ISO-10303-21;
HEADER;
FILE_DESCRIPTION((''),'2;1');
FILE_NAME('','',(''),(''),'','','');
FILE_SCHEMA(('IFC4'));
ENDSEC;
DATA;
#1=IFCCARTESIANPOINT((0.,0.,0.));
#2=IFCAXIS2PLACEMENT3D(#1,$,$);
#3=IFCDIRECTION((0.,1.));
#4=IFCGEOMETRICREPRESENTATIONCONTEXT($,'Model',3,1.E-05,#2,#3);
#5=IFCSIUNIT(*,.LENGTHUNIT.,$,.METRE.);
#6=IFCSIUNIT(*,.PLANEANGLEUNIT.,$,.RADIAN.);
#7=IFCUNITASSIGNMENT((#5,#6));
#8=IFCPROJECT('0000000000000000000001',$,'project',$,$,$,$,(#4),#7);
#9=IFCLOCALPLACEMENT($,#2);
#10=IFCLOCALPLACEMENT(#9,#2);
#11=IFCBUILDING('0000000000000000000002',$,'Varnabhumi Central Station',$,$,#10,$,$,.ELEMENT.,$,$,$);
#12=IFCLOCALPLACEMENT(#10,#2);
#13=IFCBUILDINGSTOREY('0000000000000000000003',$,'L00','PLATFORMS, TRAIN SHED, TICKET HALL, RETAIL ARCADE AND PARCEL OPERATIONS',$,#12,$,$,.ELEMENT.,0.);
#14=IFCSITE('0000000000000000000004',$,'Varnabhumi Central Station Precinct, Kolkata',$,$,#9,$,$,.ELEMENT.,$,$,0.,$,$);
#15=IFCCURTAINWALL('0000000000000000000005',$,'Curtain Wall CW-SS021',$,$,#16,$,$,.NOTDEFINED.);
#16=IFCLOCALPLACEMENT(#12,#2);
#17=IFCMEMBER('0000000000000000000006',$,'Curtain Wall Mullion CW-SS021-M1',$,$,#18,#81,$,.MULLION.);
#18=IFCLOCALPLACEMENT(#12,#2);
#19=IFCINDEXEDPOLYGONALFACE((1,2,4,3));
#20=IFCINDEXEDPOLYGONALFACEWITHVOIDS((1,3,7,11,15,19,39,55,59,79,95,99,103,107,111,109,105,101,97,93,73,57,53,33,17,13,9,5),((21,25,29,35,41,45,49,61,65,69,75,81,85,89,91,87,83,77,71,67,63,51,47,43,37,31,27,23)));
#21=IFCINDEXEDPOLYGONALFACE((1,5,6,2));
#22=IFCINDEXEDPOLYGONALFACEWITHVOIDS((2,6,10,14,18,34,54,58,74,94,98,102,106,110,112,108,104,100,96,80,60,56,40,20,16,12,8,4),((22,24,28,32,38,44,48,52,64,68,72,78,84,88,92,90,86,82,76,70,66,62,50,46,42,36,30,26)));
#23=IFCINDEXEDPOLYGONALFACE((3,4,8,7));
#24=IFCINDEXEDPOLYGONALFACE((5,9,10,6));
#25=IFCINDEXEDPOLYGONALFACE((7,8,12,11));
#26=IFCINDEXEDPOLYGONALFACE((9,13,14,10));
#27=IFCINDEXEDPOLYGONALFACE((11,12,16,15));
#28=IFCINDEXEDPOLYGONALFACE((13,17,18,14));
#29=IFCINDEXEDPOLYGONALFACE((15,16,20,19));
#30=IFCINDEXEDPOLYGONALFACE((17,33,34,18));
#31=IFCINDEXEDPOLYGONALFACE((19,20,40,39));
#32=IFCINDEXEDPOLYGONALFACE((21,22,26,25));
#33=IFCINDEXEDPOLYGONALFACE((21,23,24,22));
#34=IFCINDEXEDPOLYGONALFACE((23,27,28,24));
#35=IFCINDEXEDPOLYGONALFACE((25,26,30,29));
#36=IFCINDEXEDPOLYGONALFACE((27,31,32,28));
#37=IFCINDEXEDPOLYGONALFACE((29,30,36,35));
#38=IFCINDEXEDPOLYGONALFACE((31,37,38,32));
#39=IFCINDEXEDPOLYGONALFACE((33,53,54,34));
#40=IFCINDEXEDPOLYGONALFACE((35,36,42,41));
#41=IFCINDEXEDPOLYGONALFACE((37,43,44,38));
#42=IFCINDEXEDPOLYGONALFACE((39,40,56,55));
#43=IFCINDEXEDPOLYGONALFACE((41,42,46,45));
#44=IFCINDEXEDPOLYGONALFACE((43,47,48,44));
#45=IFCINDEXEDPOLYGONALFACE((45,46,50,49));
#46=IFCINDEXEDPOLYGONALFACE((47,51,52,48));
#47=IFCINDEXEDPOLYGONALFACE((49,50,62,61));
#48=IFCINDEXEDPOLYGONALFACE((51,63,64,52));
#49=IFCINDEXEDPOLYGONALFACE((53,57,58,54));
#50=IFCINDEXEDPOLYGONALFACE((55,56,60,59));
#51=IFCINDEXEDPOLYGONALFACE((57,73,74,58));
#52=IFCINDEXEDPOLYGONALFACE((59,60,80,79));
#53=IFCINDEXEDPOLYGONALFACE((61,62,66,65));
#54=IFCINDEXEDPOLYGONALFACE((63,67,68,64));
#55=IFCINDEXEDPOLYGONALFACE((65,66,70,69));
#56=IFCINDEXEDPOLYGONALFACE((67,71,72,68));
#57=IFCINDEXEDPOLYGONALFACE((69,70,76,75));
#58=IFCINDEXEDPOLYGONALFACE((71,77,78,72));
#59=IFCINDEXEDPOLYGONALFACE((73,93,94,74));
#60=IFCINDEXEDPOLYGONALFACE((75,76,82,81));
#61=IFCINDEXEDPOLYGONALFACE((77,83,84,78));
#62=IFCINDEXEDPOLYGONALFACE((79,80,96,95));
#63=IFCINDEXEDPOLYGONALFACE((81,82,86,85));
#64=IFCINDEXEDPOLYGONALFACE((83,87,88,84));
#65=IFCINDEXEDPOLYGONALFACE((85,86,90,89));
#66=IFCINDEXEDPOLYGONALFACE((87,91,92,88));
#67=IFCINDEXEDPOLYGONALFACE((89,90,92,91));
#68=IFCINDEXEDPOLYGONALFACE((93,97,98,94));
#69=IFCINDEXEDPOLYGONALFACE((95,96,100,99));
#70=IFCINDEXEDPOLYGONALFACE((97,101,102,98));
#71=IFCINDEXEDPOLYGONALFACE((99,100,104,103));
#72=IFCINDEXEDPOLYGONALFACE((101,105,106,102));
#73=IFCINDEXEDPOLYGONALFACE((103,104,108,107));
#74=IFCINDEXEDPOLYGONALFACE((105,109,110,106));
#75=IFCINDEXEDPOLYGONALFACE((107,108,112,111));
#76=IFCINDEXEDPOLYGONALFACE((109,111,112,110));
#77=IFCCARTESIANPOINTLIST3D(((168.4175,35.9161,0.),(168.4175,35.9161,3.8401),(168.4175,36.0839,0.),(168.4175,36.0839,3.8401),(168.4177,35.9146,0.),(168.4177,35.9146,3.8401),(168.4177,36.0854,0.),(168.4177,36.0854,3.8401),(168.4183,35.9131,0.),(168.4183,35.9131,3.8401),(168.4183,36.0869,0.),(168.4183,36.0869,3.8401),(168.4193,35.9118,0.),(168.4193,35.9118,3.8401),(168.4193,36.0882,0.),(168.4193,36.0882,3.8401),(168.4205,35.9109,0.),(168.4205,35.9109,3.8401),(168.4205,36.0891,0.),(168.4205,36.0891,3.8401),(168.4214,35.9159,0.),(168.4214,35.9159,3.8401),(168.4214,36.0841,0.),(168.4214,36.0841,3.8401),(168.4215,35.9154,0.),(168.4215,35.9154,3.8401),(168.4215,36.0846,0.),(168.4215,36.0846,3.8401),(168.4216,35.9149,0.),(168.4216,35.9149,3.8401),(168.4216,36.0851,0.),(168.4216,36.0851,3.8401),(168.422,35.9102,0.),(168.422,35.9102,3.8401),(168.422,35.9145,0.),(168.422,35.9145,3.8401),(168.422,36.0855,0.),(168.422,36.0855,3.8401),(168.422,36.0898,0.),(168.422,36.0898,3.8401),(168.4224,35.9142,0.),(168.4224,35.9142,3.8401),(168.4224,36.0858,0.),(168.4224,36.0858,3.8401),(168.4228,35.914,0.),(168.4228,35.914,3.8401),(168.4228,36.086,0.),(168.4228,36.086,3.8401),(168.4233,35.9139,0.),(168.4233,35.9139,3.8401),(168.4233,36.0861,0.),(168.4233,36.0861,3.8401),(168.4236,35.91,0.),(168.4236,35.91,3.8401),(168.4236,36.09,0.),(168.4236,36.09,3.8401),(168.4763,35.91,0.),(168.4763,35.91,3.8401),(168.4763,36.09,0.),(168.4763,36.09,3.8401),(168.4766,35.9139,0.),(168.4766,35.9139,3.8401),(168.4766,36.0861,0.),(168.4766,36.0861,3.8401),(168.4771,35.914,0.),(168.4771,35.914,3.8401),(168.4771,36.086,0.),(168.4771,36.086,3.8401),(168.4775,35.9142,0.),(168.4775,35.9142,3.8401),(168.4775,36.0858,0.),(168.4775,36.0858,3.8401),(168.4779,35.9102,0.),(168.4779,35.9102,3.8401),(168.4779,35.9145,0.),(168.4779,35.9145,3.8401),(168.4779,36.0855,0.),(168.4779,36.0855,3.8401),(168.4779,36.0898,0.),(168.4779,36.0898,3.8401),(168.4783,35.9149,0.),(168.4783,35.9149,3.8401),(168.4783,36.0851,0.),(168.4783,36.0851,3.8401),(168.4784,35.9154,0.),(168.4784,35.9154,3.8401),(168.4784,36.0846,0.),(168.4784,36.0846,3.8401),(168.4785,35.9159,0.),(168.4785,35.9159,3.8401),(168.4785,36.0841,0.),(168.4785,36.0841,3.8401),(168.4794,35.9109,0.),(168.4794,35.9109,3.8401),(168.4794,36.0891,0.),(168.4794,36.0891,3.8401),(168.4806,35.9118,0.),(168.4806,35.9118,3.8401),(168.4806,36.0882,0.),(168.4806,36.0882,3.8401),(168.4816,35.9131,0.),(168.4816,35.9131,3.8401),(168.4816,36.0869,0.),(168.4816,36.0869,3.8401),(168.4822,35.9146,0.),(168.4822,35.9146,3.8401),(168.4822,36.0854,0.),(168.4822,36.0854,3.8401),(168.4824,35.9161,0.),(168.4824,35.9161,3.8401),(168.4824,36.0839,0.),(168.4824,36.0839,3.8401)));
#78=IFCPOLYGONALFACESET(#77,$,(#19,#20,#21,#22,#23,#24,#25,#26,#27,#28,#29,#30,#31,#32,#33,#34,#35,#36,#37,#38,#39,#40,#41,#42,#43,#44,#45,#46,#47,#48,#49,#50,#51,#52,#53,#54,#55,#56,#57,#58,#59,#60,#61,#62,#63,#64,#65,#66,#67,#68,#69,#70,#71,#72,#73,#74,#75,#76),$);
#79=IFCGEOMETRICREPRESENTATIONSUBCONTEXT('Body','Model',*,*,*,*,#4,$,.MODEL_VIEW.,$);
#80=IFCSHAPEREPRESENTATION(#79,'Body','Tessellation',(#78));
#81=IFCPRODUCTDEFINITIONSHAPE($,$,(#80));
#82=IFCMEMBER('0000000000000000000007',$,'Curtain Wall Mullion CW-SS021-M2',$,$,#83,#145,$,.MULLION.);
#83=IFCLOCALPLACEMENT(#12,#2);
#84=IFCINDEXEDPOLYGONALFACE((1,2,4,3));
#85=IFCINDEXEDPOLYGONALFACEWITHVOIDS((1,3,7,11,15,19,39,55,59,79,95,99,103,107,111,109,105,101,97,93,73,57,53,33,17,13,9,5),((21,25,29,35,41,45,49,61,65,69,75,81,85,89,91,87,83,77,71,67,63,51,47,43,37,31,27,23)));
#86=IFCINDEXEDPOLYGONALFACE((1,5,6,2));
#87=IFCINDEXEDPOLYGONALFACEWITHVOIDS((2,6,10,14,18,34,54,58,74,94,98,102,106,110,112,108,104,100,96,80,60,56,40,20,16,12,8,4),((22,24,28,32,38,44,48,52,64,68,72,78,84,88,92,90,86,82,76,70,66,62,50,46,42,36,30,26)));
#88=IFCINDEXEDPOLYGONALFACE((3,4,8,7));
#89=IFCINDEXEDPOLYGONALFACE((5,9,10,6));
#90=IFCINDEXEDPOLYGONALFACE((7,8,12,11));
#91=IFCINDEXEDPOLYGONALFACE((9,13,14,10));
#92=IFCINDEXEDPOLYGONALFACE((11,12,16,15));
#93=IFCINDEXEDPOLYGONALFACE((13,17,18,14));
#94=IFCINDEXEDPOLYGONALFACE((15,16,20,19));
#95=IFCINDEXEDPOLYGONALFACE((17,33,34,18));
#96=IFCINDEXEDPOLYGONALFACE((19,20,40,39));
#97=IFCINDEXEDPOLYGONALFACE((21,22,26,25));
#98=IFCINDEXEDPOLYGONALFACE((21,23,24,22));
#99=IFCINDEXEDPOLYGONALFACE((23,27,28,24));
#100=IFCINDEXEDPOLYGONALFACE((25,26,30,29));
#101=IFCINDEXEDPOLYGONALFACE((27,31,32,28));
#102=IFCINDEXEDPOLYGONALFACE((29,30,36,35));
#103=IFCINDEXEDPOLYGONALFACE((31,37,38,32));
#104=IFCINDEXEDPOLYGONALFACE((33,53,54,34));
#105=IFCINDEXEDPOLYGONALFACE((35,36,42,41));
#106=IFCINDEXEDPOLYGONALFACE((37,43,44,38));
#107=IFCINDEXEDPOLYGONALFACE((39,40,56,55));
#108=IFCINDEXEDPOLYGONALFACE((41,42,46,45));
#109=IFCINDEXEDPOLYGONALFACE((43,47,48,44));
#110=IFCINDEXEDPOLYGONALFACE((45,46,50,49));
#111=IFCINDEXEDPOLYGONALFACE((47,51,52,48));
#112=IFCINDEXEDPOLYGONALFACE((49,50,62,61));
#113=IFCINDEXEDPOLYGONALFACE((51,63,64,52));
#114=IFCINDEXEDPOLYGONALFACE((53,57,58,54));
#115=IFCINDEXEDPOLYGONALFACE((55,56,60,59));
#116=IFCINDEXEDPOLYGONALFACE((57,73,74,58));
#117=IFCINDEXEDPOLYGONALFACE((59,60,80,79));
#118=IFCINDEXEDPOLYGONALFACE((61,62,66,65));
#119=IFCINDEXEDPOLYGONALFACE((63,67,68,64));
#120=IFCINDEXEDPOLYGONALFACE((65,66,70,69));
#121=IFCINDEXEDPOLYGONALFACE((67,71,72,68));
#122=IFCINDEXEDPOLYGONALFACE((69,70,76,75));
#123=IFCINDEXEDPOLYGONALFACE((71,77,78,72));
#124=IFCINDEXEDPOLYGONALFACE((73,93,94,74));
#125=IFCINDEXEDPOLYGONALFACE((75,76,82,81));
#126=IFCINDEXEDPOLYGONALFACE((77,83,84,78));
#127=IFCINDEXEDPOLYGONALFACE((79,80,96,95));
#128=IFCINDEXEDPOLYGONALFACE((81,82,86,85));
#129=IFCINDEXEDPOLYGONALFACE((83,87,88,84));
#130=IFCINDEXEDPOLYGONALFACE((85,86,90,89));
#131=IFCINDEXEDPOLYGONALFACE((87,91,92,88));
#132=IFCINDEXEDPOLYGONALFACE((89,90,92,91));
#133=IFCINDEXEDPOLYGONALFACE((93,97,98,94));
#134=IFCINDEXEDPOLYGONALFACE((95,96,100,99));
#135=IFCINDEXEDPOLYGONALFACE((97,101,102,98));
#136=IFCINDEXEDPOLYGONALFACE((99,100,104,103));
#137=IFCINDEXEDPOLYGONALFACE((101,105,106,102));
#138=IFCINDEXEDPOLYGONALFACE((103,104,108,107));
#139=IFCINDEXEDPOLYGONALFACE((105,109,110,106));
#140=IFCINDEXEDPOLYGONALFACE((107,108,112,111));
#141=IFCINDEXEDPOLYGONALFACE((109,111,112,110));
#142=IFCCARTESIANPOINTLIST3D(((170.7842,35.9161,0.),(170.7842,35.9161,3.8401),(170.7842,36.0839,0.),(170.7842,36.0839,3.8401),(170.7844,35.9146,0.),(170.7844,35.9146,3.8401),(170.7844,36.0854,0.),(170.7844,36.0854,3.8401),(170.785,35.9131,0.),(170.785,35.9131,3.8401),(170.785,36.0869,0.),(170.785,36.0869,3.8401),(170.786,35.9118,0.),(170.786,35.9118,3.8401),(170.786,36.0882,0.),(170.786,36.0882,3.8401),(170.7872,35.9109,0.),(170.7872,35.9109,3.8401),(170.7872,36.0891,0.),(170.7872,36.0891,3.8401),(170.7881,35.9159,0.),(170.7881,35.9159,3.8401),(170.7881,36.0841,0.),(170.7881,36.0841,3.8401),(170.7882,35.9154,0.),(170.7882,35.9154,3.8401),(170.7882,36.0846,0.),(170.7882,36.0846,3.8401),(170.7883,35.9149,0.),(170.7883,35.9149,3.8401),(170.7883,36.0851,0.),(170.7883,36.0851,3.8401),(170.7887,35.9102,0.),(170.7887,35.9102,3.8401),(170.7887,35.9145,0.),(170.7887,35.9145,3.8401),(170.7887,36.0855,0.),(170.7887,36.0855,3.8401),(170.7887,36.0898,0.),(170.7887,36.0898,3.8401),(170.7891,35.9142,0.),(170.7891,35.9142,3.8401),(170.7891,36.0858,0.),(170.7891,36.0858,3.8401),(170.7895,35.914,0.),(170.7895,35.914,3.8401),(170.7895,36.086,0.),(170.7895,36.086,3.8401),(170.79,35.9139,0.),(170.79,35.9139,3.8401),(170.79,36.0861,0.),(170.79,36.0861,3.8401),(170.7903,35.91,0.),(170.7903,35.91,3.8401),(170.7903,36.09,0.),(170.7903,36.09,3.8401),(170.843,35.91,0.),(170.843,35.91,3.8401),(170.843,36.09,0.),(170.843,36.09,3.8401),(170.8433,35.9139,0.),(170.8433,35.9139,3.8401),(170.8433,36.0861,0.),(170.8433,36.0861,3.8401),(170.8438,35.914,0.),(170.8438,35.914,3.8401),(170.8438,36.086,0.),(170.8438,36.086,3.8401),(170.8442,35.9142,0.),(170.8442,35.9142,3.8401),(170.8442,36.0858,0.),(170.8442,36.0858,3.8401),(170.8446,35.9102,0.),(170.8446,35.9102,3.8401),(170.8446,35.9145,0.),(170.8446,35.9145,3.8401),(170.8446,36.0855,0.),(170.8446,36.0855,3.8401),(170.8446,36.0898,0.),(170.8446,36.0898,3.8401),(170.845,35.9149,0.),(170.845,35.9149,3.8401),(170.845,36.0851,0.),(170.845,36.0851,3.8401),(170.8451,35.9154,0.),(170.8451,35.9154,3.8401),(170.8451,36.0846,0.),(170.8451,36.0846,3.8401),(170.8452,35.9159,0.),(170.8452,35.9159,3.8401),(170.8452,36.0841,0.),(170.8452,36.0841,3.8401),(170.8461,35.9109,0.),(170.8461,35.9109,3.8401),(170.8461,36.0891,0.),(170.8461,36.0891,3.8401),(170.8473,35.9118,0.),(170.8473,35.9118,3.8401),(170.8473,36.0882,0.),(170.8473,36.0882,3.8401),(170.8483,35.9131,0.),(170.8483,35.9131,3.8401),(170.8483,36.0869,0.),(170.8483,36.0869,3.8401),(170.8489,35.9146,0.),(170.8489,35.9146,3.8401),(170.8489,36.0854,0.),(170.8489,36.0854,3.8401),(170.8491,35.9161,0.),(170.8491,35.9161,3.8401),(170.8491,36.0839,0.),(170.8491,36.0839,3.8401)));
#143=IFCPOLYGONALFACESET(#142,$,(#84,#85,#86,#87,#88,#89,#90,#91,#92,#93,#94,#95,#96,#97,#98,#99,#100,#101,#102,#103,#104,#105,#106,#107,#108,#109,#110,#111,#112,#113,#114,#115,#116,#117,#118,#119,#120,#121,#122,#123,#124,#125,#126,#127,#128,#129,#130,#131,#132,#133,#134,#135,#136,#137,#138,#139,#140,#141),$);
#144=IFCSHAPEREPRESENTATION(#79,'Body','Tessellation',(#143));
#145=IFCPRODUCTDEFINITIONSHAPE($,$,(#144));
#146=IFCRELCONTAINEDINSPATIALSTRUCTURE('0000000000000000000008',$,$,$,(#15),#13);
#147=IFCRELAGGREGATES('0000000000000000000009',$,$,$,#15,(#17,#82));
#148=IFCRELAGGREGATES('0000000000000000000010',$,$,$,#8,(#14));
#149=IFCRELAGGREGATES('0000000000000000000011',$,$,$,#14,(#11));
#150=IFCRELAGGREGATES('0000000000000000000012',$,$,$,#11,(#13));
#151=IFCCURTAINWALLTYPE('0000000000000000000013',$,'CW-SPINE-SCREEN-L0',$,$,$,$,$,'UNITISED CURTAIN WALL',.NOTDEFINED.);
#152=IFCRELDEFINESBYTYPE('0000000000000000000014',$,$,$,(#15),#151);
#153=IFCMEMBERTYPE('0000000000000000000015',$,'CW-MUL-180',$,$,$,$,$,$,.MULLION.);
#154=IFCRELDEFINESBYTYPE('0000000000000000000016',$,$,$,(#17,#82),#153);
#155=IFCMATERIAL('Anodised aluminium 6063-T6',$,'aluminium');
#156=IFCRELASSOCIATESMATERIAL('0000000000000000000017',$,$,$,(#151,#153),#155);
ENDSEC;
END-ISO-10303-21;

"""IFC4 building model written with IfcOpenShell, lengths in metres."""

from ifc_helpers import new_model, si_unit, direction, frame, origin, origin_2d, place, context, subcontext, project, spatial, hollow_rectangle, extrude, material, material_profile, profile_set, type_object, element, aggregate, save


model = new_model("IFC4")

# Units and contexts
model_context = context("Model", 3, precision=1e-05, world=origin(), true_north=direction((0.0, 1.0)))
body_context = subcontext(model_context, "Body", "Model", "MODEL_VIEW")
ifc_project = project(units=[si_unit("LENGTHUNIT", "METRE"), si_unit("PLANEANGLEUNIT", "RADIAN")], contexts=[model_context])

# Site, building, storey
site_placement = place(None, origin())
site = spatial("IfcSite", under=ifc_project, at=site_placement, Name="Varnabhumi Central Station Precinct, Kolkata", CompositionType="ELEMENT", RefElevation=0.0)
building_placement = place(site_placement, origin())
building = spatial("IfcBuilding", under=site, at=building_placement, Name="Varnabhumi Central Station", CompositionType="ELEMENT")
storey_placement = place(building_placement, origin())
storey = spatial("IfcBuildingStorey", under=building, at=storey_placement, Name="L00", Description="PLATFORMS, TRAIN SHED, TICKET HALL, RETAIL ARCADE AND PARCEL OPERATIONS", CompositionType="ELEMENT", Elevation=0.0)

# Curtain wall, members
ifc_material_1 = material(Name="Anodised aluminium 6063-T6", Category="aluminium")
curtain_wall_type = type_object("IfcCurtainWallType", Name="CW-SPINE-SCREEN-L0", ElementType="UNITISED CURTAIN WALL", PredefinedType="NOTDEFINED", material=ifc_material_1)
curtain_wall_placement = place(storey_placement, origin())
curtain_wall = element("IfcCurtainWall", 1, at=curtain_wall_placement, inside=storey, type_object=curtain_wall_type, Name="Curtain Wall CW-SS021", PredefinedType="NOTDEFINED")
ifc_material_profile_1 = material_profile(ifc_material_1, hollow_rectangle(XDim=0.0649, YDim=0.1799, WallThickness=0.0039, InnerFilletRadius=0.002, OuterFilletRadius=0.0061, at=origin_2d()), Name="Anodised aluminium 6063-T6", Category="aluminium")
ifc_profile_set_1 = profile_set([ifc_material_profile_1], Name="Anodised aluminium 6063-T6")
member_type_1 = type_object("IfcMemberType", Name="CW-MUL-180", PredefinedType="MULLION", material=ifc_profile_set_1)
member_1_placement = place(storey_placement, frame((168.45, 36.0, 0.0), z_axis=(0.0, 0.0, 1.0), x_axis=(1.0, 0.0, 0.0)))
member_1 = element("IfcMember", 2, at=member_1_placement, type_object=member_type_1, Name="Curtain Wall Mullion CW-SS021-M1", PredefinedType="MULLION", context=body_context, shape_type="SweptSolid", body=[
    extrude(hollow_rectangle(XDim=0.0649, YDim=0.1799, WallThickness=0.0039, InnerFilletRadius=0.002, OuterFilletRadius=0.0061, at=origin_2d()), origin(), (0.0, 0.0, 1.0), 3.8401),
])
member_2_placement = place(storey_placement, frame((170.8167, 36.0, 0.0), z_axis=(0.0, 0.0, 1.0), x_axis=(1.0, 0.0, 0.0)))
member_2 = element("IfcMember", 3, at=member_2_placement, type_object=member_type_1, Name="Curtain Wall Mullion CW-SS021-M2", PredefinedType="MULLION", context=body_context, shape_type="SweptSolid", body=[
    extrude(hollow_rectangle(XDim=0.0649, YDim=0.1799, WallThickness=0.0039, InnerFilletRadius=0.002, OuterFilletRadius=0.0061, at=origin_2d()), origin(), (0.0, 0.0, 1.0), 3.8401),
])
aggregate(curtain_wall, [member_1, member_2])

save(model, "model.ifc")
